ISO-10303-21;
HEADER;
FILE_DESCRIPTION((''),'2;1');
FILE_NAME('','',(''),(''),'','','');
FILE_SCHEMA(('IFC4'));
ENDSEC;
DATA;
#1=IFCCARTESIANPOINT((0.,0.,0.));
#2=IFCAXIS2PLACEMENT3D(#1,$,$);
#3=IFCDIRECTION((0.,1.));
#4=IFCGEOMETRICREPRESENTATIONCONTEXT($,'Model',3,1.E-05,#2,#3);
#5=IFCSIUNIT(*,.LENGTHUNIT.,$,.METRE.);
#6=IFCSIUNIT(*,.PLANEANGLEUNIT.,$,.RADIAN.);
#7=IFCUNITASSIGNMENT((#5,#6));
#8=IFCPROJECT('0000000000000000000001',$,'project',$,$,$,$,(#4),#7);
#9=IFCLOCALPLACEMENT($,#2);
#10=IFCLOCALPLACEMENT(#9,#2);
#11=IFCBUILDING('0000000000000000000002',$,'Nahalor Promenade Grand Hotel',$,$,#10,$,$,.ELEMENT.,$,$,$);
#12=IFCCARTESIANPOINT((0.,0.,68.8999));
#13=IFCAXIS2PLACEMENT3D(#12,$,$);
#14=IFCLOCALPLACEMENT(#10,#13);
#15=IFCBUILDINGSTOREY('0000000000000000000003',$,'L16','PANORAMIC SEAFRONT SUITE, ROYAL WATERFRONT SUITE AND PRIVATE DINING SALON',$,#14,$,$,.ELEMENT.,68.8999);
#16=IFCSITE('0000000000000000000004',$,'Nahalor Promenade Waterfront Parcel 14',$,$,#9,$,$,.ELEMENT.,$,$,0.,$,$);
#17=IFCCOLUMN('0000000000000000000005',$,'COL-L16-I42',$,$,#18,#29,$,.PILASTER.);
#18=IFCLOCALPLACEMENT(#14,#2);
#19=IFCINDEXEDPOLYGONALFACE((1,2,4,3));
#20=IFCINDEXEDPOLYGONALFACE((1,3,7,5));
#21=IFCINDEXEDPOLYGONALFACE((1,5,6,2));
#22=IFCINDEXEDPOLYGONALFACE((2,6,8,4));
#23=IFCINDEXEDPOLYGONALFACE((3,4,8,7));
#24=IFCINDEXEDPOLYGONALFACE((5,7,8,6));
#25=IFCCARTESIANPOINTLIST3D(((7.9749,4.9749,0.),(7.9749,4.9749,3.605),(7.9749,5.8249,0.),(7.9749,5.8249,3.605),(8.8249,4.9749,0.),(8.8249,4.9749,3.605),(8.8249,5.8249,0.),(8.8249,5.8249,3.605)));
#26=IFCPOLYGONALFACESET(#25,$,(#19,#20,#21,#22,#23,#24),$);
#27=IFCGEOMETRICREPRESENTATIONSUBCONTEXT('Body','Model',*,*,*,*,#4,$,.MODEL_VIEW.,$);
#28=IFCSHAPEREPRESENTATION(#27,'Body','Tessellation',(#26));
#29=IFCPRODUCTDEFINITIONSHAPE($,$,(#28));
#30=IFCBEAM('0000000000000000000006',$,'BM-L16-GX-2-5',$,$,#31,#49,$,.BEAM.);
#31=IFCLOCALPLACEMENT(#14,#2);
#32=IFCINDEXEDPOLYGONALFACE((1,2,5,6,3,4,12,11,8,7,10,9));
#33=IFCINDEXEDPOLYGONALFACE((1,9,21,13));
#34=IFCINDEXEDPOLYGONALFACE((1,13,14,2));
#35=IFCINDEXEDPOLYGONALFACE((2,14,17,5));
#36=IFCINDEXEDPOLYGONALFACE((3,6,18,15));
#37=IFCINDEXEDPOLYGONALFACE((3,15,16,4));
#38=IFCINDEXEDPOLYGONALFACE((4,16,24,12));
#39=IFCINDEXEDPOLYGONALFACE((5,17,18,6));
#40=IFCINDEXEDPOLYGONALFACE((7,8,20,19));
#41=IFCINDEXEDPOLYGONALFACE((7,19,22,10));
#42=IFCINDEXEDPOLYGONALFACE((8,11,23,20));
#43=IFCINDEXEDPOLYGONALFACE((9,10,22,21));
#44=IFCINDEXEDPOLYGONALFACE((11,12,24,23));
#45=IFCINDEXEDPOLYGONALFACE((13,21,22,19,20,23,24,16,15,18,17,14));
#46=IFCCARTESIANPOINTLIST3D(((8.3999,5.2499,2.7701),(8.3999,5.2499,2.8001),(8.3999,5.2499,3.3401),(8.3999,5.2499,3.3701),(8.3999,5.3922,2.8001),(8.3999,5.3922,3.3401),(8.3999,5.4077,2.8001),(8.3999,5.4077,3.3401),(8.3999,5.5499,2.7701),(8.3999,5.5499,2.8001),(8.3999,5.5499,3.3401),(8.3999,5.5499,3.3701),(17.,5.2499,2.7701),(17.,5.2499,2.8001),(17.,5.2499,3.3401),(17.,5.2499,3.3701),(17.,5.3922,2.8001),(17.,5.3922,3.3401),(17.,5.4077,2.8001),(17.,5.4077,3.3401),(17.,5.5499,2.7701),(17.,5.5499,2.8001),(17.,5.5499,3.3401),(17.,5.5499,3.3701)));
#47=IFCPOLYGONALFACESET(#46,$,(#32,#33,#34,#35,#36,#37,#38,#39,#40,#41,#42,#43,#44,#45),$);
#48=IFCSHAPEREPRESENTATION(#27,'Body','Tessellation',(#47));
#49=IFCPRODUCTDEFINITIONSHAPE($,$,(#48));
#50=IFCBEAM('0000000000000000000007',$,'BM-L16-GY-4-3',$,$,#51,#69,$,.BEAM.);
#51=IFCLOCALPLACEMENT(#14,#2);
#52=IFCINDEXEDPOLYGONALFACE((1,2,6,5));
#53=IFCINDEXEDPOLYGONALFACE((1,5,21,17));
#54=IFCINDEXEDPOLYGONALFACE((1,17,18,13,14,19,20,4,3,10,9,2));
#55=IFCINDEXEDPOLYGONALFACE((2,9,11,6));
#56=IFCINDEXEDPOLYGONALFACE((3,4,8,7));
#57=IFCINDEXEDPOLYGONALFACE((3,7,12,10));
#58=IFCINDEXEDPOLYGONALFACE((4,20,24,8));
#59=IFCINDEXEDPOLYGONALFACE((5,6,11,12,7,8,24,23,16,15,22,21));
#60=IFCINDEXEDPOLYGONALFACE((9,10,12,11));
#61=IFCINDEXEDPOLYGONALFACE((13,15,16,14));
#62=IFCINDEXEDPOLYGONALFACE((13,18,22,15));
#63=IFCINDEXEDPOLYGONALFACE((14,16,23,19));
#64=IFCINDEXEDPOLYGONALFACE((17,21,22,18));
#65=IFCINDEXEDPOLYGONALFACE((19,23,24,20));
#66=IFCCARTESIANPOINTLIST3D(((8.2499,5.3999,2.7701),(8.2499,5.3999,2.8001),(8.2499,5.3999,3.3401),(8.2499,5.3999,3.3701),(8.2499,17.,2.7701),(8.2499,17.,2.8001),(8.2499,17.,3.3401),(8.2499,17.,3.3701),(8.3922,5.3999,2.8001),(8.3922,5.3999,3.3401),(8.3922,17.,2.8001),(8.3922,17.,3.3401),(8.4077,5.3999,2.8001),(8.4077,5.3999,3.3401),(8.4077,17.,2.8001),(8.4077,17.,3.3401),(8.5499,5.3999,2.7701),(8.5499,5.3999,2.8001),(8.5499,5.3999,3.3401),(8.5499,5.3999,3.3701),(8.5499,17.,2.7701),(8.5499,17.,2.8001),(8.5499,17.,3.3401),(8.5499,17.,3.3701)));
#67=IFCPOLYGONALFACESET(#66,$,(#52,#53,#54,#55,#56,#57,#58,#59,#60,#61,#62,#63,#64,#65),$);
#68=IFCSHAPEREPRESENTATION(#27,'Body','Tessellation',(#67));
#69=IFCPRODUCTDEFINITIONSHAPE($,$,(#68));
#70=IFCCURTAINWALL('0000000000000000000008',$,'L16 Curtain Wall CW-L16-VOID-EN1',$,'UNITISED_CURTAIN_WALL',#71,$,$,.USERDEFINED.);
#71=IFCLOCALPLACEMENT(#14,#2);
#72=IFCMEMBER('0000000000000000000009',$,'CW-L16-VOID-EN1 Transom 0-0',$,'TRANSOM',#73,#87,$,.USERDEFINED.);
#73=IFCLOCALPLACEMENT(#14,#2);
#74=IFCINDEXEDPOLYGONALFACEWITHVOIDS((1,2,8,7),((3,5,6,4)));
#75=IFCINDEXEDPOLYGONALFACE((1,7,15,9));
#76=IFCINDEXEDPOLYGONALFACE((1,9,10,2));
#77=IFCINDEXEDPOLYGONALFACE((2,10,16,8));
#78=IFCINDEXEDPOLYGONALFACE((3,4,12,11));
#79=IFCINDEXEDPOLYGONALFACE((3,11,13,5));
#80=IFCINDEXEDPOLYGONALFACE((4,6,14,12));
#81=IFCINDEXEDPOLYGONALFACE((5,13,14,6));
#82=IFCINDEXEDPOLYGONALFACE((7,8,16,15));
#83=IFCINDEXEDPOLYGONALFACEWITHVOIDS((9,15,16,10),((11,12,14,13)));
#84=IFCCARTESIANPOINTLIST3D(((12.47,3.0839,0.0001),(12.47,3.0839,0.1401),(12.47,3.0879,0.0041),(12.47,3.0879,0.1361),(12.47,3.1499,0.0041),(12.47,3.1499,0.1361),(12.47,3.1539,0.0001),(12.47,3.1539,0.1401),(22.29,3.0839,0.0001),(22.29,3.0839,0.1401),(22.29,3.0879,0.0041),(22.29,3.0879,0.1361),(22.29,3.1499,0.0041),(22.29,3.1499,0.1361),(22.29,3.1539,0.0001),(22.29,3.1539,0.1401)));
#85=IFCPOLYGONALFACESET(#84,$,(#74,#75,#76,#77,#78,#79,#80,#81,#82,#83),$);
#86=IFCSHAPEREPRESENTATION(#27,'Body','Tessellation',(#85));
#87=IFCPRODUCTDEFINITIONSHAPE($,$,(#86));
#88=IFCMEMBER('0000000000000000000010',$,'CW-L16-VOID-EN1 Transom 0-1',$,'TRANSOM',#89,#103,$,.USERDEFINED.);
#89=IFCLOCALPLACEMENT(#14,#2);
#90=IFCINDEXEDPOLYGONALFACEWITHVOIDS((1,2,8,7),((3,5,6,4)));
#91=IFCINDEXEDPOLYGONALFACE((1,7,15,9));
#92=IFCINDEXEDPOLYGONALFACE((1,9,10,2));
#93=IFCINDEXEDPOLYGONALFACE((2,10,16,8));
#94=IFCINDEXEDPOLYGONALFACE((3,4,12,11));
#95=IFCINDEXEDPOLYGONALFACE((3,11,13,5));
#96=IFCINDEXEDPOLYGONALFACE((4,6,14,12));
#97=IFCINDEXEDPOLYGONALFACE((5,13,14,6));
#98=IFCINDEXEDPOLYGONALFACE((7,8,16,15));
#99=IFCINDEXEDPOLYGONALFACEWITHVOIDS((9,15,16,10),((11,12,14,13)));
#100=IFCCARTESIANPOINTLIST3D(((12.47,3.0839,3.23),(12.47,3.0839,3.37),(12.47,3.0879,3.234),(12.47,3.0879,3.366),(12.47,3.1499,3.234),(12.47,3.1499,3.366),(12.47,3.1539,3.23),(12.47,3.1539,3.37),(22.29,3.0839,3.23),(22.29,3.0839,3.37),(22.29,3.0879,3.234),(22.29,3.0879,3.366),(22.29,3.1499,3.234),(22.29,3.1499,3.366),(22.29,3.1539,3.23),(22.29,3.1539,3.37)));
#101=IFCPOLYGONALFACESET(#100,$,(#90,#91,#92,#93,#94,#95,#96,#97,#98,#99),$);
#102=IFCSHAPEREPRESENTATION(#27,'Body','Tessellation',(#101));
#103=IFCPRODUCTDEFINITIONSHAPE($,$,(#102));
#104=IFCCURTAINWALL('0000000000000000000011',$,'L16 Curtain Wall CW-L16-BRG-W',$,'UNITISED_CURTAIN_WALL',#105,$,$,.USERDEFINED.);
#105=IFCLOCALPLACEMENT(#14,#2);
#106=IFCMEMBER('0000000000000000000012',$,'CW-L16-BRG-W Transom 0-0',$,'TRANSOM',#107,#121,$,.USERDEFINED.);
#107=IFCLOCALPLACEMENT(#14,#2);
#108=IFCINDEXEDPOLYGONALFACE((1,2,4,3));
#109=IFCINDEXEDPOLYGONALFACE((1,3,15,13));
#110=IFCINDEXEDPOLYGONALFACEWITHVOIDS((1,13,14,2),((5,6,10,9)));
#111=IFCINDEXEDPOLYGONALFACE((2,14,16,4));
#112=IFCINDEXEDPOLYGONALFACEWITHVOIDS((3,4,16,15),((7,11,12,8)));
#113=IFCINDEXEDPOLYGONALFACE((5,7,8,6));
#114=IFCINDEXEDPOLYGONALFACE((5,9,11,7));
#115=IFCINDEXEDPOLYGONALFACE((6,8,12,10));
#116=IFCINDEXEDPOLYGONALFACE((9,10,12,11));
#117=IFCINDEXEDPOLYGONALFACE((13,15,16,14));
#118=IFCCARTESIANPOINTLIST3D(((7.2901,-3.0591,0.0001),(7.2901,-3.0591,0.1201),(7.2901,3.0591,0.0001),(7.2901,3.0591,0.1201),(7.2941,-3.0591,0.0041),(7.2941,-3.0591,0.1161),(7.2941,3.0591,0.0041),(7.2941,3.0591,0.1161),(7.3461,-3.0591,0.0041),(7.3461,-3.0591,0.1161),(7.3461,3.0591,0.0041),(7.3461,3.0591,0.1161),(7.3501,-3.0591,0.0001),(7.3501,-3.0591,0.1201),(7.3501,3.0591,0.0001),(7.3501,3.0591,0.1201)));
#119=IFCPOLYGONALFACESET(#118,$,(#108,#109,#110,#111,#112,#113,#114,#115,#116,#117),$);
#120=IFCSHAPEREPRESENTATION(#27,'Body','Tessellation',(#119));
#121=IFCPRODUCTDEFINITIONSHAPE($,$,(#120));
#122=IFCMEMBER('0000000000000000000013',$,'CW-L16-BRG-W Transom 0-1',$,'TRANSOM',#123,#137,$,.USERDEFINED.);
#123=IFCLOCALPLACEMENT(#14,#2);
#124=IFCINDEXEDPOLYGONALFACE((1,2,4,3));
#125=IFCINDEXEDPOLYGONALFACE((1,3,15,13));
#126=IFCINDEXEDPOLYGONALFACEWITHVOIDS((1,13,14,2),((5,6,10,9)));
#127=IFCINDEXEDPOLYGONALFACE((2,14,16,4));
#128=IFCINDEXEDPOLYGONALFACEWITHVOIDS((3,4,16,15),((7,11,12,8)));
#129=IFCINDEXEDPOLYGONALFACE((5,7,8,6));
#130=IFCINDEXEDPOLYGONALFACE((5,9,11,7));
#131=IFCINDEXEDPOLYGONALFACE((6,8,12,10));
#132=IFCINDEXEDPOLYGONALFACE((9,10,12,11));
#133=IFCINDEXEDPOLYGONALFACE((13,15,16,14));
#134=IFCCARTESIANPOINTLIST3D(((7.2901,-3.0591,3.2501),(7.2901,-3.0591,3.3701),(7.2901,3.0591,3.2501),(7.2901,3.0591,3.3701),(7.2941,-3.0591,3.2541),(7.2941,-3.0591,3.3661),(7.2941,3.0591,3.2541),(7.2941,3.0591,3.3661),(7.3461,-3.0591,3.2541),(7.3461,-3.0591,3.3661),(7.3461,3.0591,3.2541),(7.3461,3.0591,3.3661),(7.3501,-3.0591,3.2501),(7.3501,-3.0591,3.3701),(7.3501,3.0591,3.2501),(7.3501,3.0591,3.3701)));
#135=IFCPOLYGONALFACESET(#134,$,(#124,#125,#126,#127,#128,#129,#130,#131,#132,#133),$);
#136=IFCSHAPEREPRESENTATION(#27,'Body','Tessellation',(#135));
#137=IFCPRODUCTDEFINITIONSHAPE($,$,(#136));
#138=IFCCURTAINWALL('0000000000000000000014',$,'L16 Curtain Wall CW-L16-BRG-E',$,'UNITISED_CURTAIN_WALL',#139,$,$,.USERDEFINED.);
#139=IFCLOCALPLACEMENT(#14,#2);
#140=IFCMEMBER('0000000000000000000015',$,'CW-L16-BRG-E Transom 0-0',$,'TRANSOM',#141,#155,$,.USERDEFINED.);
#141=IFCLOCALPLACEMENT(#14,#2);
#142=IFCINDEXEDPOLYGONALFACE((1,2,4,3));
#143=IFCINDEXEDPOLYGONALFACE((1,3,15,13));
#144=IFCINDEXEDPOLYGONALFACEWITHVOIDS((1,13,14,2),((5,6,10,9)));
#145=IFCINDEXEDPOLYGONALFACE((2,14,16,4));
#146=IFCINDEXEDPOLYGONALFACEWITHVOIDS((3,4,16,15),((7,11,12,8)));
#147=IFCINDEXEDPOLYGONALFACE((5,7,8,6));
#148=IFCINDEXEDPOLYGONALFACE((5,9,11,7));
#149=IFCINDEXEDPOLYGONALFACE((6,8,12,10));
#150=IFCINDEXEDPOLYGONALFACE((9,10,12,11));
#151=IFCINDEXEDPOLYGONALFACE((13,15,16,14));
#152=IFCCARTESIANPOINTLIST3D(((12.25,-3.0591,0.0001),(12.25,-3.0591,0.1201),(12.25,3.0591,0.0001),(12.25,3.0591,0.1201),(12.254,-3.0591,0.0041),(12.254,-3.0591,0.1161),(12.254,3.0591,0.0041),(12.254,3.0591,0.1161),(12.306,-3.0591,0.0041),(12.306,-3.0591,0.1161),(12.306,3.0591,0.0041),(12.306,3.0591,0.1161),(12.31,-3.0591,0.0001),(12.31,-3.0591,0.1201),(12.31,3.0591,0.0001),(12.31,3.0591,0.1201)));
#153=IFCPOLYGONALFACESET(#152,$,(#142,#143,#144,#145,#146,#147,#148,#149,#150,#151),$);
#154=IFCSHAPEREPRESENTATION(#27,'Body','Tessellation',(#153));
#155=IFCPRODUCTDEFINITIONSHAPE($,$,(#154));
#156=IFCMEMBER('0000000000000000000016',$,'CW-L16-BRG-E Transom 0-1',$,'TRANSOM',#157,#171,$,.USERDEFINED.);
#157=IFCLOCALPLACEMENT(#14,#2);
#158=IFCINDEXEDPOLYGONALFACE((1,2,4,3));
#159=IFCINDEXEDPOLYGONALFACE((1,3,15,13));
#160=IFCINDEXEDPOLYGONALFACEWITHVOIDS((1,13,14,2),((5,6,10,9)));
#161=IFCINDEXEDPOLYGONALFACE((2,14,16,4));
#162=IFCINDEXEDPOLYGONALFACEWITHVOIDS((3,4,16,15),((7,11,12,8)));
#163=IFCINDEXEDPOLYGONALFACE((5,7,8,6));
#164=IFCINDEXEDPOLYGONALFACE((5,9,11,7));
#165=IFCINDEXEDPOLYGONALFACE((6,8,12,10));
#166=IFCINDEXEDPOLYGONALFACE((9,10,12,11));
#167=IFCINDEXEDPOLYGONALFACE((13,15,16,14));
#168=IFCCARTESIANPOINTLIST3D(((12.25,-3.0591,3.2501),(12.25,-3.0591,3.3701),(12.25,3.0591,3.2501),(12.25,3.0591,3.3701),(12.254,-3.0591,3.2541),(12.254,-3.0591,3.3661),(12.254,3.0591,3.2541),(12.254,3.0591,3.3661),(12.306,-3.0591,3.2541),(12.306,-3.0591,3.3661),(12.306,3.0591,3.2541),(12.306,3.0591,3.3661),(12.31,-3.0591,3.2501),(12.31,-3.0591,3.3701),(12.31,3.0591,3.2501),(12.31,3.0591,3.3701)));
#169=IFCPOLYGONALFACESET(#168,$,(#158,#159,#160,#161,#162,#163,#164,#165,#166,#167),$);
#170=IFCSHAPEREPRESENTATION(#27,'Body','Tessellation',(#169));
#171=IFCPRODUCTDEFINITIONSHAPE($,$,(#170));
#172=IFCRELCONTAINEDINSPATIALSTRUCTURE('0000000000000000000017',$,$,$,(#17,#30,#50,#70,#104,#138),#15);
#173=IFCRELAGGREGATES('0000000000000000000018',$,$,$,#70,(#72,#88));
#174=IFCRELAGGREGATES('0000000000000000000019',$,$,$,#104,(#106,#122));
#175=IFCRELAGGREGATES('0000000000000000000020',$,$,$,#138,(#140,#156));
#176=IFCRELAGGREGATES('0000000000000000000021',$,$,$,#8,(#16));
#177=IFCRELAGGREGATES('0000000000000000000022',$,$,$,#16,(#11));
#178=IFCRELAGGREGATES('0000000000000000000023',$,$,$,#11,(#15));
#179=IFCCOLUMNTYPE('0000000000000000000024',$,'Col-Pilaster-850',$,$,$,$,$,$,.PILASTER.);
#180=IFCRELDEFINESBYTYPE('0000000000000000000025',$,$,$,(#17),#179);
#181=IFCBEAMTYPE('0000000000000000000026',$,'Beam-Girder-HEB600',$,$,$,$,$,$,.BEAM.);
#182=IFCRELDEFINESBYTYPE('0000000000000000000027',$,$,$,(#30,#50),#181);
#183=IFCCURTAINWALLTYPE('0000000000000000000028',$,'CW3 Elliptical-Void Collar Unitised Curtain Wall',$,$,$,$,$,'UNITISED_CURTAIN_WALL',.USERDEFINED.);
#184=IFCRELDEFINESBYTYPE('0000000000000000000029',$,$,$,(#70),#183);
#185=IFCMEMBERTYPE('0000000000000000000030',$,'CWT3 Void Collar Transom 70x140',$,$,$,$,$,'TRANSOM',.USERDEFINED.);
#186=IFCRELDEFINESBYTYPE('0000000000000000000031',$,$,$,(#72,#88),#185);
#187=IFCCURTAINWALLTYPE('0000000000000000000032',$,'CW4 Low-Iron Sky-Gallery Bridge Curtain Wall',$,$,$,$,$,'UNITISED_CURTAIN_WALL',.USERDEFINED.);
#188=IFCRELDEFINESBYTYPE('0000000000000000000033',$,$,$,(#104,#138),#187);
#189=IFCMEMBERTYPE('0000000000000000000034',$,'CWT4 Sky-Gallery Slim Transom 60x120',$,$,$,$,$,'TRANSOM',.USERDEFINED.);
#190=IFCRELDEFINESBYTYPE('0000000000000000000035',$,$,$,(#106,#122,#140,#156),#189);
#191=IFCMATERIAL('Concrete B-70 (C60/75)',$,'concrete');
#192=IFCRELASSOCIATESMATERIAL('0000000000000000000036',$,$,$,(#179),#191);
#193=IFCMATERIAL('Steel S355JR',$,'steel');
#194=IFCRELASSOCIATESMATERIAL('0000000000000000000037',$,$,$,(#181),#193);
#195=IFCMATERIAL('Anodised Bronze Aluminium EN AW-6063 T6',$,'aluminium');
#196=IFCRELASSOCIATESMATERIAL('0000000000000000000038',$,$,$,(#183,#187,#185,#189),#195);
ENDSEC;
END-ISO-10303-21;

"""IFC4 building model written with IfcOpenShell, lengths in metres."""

from ifc_helpers import new_model, si_unit, direction, frame, origin, origin_2d, place, context, subcontext, project, spatial, rectangle, hollow_rectangle, i_section, extrude, source, transform, mapped, material, material_profile, profile_set, type_object, element, aggregate, save


model = new_model("IFC4")

# Units and contexts
model_context = context("Model", 3, precision=1e-05, world=origin(), true_north=direction((0.0, 1.0)))
body_context = subcontext(model_context, "Body", "Model", "MODEL_VIEW")
ifc_project = project(units=[si_unit("LENGTHUNIT", "METRE"), si_unit("PLANEANGLEUNIT", "RADIAN")], contexts=[model_context])

# Site, building, storey
site_placement = place(None, origin())
site = spatial("IfcSite", under=ifc_project, at=site_placement, Name="Nahalor Promenade Waterfront Parcel 14", CompositionType="ELEMENT", RefElevation=0.0)
building_placement = place(site_placement, origin())
building = spatial("IfcBuilding", under=site, at=building_placement, Name="Nahalor Promenade Grand Hotel", CompositionType="ELEMENT")
storey_placement = place(building_placement, frame((0.0, 0.0, 68.8999)))
storey = spatial("IfcBuildingStorey", under=building, at=storey_placement, Name="L16", Description="PANORAMIC SEAFRONT SUITE, ROYAL WATERFRONT SUITE AND PRIVATE DINING SALON", CompositionType="ELEMENT", Elevation=68.8999)

# Column
ifc_material_1 = material(Name="Concrete B-70 (C60/75)", Category="concrete")
ifc_material_profile_1 = material_profile(ifc_material_1, rectangle(XDim=0.85, YDim=0.85, at=origin_2d()), Name="RC 850x850")
ifc_profile_set_1 = profile_set([ifc_material_profile_1], Name="Concrete B-70 (C60/75)")
column_type = type_object("IfcColumnType", Name="Col-Pilaster-850", PredefinedType="PILASTER", material=ifc_profile_set_1)
shared_shape_1 = source(origin(), body_context, "Body", "SweptSolid", [
    extrude(rectangle(XDim=0.85, YDim=0.85, at=origin_2d()), origin(), (0.0, 0.0, 1.0), 3.605),
])
column_placement = place(storey_placement, frame((8.3999, 5.3999, 0.0), z_axis=(0.0, 0.0, 1.0), x_axis=(1.0, 0.0, 0.0)))
element("IfcColumn", 1, at=column_placement, inside=storey, type_object=column_type, Name="COL-L16-I42", PredefinedType="PILASTER", context=body_context, shape_type="MappedRepresentation", body=[
    mapped(shared_shape_1, transform((0.0, 0.0, 0.0), scale=1.0)),
])

# Beams
ifc_material_2 = material(Name="Steel S355JR", Category="steel")
ifc_material_profile_2 = material_profile(ifc_material_2, i_section(OverallWidth=0.3, OverallDepth=0.6, WebThickness=0.0155, FlangeThickness=0.03, at=origin_2d()), Name="HEB 600")
ifc_profile_set_2 = profile_set([ifc_material_profile_2], Name="Steel S355JR")
beam_type = type_object("IfcBeamType", Name="Beam-Girder-HEB600", PredefinedType="BEAM", material=ifc_profile_set_2)
shared_shape_2 = source(origin(), body_context, "Body", "SweptSolid", [
    extrude(i_section(OverallWidth=0.3, OverallDepth=0.6, WebThickness=0.0155, FlangeThickness=0.03, at=origin_2d()), origin(), (0.0, 0.0, 1.0), 8.6001),
])
beam_1_placement = place(storey_placement, frame((8.3999, 5.3999, 3.0701), z_axis=(1.0, 0.0, 0.0), x_axis=(0.0, 1.0, 0.0)))
element("IfcBeam", 2, at=beam_1_placement, inside=storey, type_object=beam_type, Name="BM-L16-GX-2-5", PredefinedType="BEAM", context=body_context, shape_type="MappedRepresentation", body=[
    mapped(shared_shape_2, transform((0.0, 0.0, 0.0), scale=1.0)),
])
shared_shape_3 = source(origin(), body_context, "Body", "SweptSolid", [
    extrude(i_section(OverallWidth=0.3, OverallDepth=0.6, WebThickness=0.0155, FlangeThickness=0.03, at=origin_2d()), origin(), (0.0, 0.0, 1.0), 11.6001),
])
beam_2_placement = place(storey_placement, frame((8.3999, 5.3999, 3.0701), z_axis=(0.0, 1.0, 0.0), x_axis=(-1.0, 0.0, 0.0)))
element("IfcBeam", 3, at=beam_2_placement, inside=storey, type_object=beam_type, Name="BM-L16-GY-4-3", PredefinedType="BEAM", context=body_context, shape_type="MappedRepresentation", body=[
    mapped(shared_shape_3, transform((0.0, 0.0, 0.0), scale=1.0)),
])

# Curtain walls, members
ifc_material_3 = material(Name="Anodised Bronze Aluminium EN AW-6063 T6", Category="aluminium")
curtain_wall_type_1 = type_object("IfcCurtainWallType", Name="CW3 Elliptical-Void Collar Unitised Curtain Wall", ElementType="UNITISED_CURTAIN_WALL", PredefinedType="USERDEFINED", material=ifc_material_3)
curtain_wall_1_placement = place(storey_placement, origin())
curtain_wall_1 = element("IfcCurtainWall", 4, at=curtain_wall_1_placement, inside=storey, type_object=curtain_wall_type_1, Name="L16 Curtain Wall CW-L16-VOID-EN1", ObjectType="UNITISED_CURTAIN_WALL", PredefinedType="USERDEFINED")
ifc_material_profile_3 = material_profile(ifc_material_3, hollow_rectangle(XDim=0.07, YDim=0.14, WallThickness=0.004, at=origin_2d()), Name="CWT 70x140x4")
ifc_profile_set_3 = profile_set([ifc_material_profile_3], Name="Anodised Bronze Aluminium EN AW-6063 T6")
member_type_1 = type_object("IfcMemberType", Name="CWT3 Void Collar Transom 70x140", ElementType="TRANSOM", PredefinedType="USERDEFINED", material=ifc_profile_set_3)
shared_shape_4 = source(origin(), body_context, "Body", "SweptSolid", [
    extrude(hollow_rectangle(XDim=0.07, YDim=0.14, WallThickness=0.004, at=origin_2d()), origin(), (0.0, 0.0, 1.0), 9.8201),
])
member_1_placement = place(storey_placement, frame((12.47, 3.1189, 0.0701), z_axis=(1.0, 0.0, 0.0), x_axis=(0.0, 1.0, 0.0)))
member_1 = element("IfcMember", 5, at=member_1_placement, type_object=member_type_1, Name="CW-L16-VOID-EN1 Transom 0-0", ObjectType="TRANSOM", PredefinedType="USERDEFINED", context=body_context, shape_type="MappedRepresentation", body=[
    mapped(shared_shape_4, transform((0.0, 0.0, 0.0), scale=1.0)),
])
member_2_placement = place(storey_placement, frame((12.47, 3.1189, 3.3), z_axis=(1.0, 0.0, 0.0), x_axis=(0.0, 1.0, 0.0)))
member_2 = element("IfcMember", 6, at=member_2_placement, type_object=member_type_1, Name="CW-L16-VOID-EN1 Transom 0-1", ObjectType="TRANSOM", PredefinedType="USERDEFINED", context=body_context, shape_type="MappedRepresentation", body=[
    mapped(shared_shape_4, transform((0.0, 0.0, 0.0), scale=1.0)),
])
curtain_wall_type_2 = type_object("IfcCurtainWallType", Name="CW4 Low-Iron Sky-Gallery Bridge Curtain Wall", ElementType="UNITISED_CURTAIN_WALL", PredefinedType="USERDEFINED", material=ifc_material_3)
curtain_wall_2_placement = place(storey_placement, origin())
curtain_wall_2 = element("IfcCurtainWall", 7, at=curtain_wall_2_placement, inside=storey, type_object=curtain_wall_type_2, Name="L16 Curtain Wall CW-L16-BRG-W", ObjectType="UNITISED_CURTAIN_WALL", PredefinedType="USERDEFINED")
ifc_material_profile_4 = material_profile(ifc_material_3, hollow_rectangle(XDim=0.06, YDim=0.12, WallThickness=0.004, at=origin_2d()), Name="CWT 60x120x4")
ifc_profile_set_4 = profile_set([ifc_material_profile_4], Name="Anodised Bronze Aluminium EN AW-6063 T6")
member_type_2 = type_object("IfcMemberType", Name="CWT4 Sky-Gallery Slim Transom 60x120", ElementType="TRANSOM", PredefinedType="USERDEFINED", material=ifc_profile_set_4)
shared_shape_5 = source(origin(), body_context, "Body", "SweptSolid", [
    extrude(hollow_rectangle(XDim=0.06, YDim=0.12, WallThickness=0.004, at=origin_2d()), origin(), (0.0, 0.0, 1.0), 6.1182),
])
member_3_placement = place(storey_placement, frame((7.3201, -3.0591, 0.0601), z_axis=(0.0, 1.0, 0.0), x_axis=(-1.0, 0.0, 0.0)))
member_3 = element("IfcMember", 8, at=member_3_placement, type_object=member_type_2, Name="CW-L16-BRG-W Transom 0-0", ObjectType="TRANSOM", PredefinedType="USERDEFINED", context=body_context, shape_type="MappedRepresentation", body=[
    mapped(shared_shape_5, transform((0.0, 0.0, 0.0), scale=1.0)),
])
member_4_placement = place(storey_placement, frame((7.3201, -3.0591, 3.3101), z_axis=(0.0, 1.0, 0.0), x_axis=(-1.0, 0.0, 0.0)))
member_4 = element("IfcMember", 9, at=member_4_placement, type_object=member_type_2, Name="CW-L16-BRG-W Transom 0-1", ObjectType="TRANSOM", PredefinedType="USERDEFINED", context=body_context, shape_type="MappedRepresentation", body=[
    mapped(shared_shape_5, transform((0.0, 0.0, 0.0), scale=1.0)),
])
curtain_wall_3_placement = place(storey_placement, origin())
curtain_wall_3 = element("IfcCurtainWall", 10, at=curtain_wall_3_placement, inside=storey, type_object=curtain_wall_type_2, Name="L16 Curtain Wall CW-L16-BRG-E", ObjectType="UNITISED_CURTAIN_WALL", PredefinedType="USERDEFINED")
member_5_placement = place(storey_placement, frame((12.28, -3.0591, 0.0601), z_axis=(0.0, 1.0, 0.0), x_axis=(-1.0, 0.0, 0.0)))
member_5 = element("IfcMember", 11, at=member_5_placement, type_object=member_type_2, Name="CW-L16-BRG-E Transom 0-0", ObjectType="TRANSOM", PredefinedType="USERDEFINED", context=body_context, shape_type="MappedRepresentation", body=[
    mapped(shared_shape_5, transform((0.0, 0.0, 0.0), scale=1.0)),
])
member_6_placement = place(storey_placement, frame((12.28, -3.0591, 3.3101), z_axis=(0.0, 1.0, 0.0), x_axis=(-1.0, 0.0, 0.0)))
member_6 = element("IfcMember", 12, at=member_6_placement, type_object=member_type_2, Name="CW-L16-BRG-E Transom 0-1", ObjectType="TRANSOM", PredefinedType="USERDEFINED", context=body_context, shape_type="MappedRepresentation", body=[
    mapped(shared_shape_5, transform((0.0, 0.0, 0.0), scale=1.0)),
])

aggregate(curtain_wall_1, [member_1, member_2])

aggregate(curtain_wall_2, [member_3, member_4])
aggregate(curtain_wall_3, [member_5, member_6])

save(model, "model.ifc")
